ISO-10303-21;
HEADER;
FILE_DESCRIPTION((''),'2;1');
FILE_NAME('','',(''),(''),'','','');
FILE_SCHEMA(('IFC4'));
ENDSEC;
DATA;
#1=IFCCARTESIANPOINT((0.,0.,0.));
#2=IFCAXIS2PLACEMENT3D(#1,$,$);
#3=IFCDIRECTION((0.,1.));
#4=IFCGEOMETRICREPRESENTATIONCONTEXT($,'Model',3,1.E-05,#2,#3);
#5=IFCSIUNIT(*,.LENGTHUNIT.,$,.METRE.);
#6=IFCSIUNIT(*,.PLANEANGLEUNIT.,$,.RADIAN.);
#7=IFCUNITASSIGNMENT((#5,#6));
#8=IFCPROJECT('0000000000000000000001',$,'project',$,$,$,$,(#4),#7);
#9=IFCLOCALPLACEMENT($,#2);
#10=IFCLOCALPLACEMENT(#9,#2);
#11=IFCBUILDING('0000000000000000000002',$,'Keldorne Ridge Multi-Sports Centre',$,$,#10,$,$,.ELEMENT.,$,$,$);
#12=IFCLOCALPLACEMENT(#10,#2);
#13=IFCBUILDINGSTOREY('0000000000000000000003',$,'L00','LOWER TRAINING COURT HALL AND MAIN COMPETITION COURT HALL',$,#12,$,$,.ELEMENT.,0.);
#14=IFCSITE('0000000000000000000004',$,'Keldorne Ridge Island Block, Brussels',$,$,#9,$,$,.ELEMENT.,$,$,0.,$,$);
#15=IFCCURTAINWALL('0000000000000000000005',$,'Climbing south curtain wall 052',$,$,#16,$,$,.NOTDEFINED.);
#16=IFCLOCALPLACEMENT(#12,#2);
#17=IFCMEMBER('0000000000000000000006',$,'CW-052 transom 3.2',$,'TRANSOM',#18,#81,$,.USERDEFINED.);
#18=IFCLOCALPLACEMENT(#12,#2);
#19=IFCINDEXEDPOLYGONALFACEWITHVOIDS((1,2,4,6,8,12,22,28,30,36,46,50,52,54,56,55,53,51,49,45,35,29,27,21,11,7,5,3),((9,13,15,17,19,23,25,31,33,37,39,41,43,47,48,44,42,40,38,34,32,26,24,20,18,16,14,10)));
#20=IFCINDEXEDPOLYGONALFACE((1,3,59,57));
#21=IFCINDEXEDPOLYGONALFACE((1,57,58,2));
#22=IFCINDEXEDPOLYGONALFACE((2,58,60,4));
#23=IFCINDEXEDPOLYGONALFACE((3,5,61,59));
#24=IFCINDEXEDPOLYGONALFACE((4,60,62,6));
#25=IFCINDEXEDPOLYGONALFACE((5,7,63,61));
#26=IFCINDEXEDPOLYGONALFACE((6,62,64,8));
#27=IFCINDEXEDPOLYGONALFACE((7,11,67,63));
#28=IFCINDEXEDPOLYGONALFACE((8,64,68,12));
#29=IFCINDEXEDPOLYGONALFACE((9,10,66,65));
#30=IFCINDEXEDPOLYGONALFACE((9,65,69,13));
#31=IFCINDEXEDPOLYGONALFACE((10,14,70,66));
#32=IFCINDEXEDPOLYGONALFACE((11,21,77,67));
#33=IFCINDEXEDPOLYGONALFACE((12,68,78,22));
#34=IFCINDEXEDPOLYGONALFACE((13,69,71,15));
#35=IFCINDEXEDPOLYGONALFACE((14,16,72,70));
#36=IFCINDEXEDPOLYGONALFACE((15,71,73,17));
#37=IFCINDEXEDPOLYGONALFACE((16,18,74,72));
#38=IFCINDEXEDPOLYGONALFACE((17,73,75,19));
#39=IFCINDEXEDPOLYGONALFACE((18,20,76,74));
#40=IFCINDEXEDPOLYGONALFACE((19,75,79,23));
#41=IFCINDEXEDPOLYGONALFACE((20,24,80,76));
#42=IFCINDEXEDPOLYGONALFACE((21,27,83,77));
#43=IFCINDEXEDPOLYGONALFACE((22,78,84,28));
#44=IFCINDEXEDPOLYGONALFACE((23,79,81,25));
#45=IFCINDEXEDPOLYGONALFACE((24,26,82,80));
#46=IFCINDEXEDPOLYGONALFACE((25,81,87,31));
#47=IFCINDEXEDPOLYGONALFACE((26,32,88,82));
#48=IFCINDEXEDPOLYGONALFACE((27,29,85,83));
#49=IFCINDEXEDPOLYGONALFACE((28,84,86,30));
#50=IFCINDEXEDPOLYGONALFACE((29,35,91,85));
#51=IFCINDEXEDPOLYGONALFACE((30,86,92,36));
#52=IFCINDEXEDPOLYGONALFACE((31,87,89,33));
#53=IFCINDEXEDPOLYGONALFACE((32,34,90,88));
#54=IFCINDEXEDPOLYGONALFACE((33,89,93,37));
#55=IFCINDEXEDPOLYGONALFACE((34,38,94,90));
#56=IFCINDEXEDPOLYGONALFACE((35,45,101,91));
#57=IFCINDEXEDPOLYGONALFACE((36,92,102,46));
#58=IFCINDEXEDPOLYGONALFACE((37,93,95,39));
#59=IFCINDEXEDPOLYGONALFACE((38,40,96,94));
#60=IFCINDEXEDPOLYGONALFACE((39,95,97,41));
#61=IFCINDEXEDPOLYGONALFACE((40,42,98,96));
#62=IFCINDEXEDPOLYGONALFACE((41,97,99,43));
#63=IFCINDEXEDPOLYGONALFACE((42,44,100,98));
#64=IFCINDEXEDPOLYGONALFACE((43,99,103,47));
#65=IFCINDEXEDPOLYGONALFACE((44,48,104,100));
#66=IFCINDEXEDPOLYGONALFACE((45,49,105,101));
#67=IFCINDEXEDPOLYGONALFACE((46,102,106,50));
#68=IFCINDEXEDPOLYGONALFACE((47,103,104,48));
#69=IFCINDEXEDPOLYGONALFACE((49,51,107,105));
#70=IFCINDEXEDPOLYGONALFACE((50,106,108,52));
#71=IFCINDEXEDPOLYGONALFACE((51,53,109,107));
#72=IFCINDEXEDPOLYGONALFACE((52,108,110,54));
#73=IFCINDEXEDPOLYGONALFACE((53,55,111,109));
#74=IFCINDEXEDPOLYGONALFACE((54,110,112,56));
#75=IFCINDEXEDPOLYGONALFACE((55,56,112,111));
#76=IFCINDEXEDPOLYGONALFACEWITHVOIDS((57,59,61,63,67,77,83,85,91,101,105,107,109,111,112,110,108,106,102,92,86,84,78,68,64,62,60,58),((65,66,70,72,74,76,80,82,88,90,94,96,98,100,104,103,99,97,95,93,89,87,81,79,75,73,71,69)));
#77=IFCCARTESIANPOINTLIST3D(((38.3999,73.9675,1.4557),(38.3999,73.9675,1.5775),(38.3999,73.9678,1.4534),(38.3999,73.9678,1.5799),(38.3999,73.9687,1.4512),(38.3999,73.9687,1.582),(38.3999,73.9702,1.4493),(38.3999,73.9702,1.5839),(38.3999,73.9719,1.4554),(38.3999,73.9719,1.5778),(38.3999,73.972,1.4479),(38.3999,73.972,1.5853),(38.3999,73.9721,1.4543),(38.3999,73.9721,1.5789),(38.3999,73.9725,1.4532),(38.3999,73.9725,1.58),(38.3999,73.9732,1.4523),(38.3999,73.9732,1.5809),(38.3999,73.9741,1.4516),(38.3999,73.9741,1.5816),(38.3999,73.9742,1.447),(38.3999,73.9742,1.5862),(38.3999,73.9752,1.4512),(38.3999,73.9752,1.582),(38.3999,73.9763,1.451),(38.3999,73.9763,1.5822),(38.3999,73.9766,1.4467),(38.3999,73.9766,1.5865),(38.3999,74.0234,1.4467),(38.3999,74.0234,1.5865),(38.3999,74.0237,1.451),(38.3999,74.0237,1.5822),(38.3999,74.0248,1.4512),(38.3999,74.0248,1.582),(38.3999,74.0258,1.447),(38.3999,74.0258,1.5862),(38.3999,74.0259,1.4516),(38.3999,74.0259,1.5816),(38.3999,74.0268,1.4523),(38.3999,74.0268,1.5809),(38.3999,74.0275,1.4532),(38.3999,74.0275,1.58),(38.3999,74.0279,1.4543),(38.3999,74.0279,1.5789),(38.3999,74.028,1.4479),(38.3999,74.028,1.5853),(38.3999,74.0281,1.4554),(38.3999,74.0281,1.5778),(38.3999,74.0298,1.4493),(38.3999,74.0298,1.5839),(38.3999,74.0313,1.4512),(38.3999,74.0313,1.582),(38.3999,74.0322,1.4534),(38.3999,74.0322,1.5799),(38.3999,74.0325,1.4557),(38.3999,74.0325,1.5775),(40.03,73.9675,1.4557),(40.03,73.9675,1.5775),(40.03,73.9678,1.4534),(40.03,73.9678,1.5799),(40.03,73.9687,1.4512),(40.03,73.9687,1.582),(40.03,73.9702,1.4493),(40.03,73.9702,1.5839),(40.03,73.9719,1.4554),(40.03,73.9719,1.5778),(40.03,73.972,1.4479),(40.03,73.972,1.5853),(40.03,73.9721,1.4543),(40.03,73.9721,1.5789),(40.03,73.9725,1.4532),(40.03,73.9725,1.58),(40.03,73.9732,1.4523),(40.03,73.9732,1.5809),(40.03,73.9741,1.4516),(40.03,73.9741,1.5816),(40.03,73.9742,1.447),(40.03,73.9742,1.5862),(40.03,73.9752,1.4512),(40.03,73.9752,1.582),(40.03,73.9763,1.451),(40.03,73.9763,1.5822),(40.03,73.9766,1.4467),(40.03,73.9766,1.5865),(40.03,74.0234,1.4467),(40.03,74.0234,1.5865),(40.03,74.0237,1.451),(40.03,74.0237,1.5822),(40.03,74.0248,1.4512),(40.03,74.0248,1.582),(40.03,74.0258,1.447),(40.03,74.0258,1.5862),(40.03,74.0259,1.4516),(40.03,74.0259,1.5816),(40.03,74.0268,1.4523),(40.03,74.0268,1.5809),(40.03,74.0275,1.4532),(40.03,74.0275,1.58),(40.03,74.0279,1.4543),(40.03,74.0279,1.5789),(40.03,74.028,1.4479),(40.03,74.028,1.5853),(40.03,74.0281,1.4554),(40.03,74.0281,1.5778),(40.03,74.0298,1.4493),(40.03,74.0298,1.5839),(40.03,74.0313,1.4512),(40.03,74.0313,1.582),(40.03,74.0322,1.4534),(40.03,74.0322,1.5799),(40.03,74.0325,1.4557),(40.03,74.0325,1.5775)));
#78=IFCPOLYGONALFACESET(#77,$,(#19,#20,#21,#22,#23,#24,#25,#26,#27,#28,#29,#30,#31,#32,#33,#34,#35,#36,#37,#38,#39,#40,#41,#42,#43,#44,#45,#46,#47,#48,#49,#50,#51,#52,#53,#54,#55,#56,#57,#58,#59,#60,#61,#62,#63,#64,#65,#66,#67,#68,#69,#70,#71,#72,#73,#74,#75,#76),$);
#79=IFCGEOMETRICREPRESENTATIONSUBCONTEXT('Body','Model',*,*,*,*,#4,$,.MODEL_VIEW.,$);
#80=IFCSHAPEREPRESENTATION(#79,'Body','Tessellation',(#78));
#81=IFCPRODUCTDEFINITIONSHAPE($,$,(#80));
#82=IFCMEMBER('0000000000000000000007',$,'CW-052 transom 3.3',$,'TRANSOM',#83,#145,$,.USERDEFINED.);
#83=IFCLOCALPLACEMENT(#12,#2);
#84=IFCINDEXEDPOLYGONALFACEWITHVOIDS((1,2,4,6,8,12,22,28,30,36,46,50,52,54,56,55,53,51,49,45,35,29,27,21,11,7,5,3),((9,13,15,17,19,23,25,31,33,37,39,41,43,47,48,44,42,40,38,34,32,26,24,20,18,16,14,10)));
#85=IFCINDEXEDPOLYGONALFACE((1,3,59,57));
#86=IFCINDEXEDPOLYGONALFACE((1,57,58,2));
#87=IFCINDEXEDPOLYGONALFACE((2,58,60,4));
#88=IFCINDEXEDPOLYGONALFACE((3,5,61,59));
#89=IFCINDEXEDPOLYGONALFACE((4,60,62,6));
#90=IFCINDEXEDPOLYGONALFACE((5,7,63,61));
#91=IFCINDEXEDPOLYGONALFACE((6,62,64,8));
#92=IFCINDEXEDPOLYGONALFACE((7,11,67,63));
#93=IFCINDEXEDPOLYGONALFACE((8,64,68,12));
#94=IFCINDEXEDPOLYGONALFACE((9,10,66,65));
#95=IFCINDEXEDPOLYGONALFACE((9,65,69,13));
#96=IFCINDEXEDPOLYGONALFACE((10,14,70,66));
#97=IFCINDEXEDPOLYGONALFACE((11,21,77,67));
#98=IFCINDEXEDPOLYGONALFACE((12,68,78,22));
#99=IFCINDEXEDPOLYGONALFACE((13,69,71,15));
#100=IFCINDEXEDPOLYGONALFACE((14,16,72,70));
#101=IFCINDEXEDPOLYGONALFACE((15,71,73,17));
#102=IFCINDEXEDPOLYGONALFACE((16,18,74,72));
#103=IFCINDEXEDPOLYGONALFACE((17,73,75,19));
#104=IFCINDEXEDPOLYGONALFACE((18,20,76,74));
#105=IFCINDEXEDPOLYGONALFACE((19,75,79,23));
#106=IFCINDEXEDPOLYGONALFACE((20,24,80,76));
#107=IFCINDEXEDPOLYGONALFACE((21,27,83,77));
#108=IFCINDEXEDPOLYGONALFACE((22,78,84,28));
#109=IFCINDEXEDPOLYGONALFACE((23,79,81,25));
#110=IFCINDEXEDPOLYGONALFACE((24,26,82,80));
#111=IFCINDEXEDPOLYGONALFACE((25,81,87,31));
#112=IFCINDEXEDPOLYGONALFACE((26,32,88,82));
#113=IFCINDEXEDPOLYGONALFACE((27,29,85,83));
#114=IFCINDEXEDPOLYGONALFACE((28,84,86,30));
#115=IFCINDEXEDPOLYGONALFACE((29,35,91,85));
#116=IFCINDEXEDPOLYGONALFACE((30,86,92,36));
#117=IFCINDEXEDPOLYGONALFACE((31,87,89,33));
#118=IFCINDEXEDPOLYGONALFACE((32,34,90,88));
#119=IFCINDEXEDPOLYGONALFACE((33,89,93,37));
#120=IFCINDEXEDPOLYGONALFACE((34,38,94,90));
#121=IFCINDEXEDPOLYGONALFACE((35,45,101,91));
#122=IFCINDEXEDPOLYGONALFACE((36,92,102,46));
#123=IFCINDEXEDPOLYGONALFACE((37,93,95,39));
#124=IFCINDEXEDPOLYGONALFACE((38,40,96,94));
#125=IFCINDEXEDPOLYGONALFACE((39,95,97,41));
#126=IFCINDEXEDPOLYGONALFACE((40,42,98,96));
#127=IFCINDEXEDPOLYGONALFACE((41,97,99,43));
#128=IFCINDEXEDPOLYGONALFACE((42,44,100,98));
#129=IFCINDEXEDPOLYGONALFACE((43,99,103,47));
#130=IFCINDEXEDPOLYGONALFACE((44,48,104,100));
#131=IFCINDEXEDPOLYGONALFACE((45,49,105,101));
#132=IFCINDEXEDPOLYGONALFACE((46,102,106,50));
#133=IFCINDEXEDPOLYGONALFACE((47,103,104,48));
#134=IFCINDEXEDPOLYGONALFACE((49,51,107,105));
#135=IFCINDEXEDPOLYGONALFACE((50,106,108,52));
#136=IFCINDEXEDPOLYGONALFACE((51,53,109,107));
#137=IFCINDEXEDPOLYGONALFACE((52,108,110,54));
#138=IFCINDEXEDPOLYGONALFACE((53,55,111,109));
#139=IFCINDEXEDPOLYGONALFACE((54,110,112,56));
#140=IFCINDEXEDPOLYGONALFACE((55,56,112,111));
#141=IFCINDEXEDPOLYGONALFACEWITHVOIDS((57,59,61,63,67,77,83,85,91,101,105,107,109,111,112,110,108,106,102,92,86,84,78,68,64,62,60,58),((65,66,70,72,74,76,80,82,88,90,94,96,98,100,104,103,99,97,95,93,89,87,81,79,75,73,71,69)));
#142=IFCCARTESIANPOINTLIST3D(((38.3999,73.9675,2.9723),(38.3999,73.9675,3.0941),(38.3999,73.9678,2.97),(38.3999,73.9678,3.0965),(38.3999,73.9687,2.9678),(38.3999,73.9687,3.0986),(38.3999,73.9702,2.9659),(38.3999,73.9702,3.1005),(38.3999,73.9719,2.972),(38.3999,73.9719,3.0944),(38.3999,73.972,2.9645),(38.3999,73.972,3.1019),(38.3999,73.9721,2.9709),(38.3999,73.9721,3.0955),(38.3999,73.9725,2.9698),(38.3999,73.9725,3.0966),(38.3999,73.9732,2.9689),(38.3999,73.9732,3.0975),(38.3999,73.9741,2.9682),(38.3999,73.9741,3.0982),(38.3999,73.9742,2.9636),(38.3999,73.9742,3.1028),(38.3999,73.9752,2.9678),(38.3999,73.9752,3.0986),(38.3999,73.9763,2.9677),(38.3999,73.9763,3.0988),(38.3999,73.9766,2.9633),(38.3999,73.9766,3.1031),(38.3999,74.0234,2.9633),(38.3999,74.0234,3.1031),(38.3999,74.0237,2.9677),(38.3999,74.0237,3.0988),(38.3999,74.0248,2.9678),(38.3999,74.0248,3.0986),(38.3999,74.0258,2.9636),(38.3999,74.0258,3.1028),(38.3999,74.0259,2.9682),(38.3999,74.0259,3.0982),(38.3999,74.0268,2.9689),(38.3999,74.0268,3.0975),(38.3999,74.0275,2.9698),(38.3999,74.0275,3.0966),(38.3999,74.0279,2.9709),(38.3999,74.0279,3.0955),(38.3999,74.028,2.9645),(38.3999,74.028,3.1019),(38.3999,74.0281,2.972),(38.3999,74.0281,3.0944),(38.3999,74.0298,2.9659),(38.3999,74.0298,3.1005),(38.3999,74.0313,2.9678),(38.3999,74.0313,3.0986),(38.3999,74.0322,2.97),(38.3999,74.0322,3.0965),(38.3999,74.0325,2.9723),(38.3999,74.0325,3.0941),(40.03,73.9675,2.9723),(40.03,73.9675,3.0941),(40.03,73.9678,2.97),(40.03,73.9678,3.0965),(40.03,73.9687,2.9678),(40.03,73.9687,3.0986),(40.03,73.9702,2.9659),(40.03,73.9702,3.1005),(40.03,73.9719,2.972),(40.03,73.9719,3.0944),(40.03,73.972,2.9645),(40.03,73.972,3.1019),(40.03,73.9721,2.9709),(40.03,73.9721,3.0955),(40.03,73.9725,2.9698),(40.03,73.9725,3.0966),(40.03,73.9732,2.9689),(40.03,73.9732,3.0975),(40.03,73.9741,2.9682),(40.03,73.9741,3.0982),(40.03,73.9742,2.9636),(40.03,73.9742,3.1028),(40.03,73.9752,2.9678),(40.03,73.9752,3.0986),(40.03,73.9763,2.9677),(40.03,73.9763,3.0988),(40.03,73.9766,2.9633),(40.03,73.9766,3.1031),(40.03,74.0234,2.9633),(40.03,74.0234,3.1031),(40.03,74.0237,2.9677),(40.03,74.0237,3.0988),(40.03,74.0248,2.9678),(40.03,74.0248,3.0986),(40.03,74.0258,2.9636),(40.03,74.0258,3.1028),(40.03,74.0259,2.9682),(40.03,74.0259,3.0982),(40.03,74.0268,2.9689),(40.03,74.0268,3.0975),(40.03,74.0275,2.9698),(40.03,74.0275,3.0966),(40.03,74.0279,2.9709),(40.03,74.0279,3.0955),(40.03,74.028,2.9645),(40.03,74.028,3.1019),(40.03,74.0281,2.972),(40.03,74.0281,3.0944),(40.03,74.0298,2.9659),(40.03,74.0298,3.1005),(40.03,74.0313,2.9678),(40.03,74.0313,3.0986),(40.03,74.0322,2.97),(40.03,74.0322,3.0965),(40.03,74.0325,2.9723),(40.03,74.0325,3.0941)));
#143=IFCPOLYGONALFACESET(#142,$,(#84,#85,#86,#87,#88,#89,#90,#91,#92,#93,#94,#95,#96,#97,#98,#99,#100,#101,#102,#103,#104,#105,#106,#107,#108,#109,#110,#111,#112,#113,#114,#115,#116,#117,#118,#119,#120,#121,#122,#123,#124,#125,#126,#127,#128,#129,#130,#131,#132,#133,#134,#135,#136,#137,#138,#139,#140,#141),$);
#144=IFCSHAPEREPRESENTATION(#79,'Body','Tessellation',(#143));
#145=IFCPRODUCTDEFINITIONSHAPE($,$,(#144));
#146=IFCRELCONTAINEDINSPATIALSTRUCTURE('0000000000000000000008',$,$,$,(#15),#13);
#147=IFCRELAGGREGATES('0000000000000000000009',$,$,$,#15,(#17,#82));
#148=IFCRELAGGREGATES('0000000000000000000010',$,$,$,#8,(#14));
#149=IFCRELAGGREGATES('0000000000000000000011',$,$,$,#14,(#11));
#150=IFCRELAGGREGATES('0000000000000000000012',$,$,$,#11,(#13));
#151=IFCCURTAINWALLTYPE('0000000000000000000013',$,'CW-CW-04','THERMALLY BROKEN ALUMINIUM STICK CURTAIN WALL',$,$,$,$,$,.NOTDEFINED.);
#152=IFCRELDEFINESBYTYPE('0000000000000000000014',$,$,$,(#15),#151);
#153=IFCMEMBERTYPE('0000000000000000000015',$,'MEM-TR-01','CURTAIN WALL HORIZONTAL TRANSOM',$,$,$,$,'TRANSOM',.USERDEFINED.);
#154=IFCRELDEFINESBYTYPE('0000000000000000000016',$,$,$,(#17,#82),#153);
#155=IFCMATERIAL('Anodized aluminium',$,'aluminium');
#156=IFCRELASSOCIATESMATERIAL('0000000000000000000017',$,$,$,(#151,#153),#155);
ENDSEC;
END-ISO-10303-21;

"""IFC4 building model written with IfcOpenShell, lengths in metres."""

from ifc_helpers import new_model, si_unit, direction, frame, origin, origin_2d, place, context, subcontext, project, spatial, hollow_rectangle, extrude, material, material_profile, profile_set, type_object, element, aggregate, save


model = new_model("IFC4")

# Units and contexts
model_context = context("Model", 3, precision=1e-05, world=origin(), true_north=direction((0.0, 1.0)))
body_context = subcontext(model_context, "Body", "Model", "MODEL_VIEW")
ifc_project = project(units=[si_unit("LENGTHUNIT", "METRE"), si_unit("PLANEANGLEUNIT", "RADIAN")], contexts=[model_context])

# Site, building, storey
site_placement = place(None, origin())
site = spatial("IfcSite", under=ifc_project, at=site_placement, Name="Keldorne Ridge Island Block, Brussels", CompositionType="ELEMENT", RefElevation=0.0)
building_placement = place(site_placement, origin())
building = spatial("IfcBuilding", under=site, at=building_placement, Name="Keldorne Ridge Multi-Sports Centre", CompositionType="ELEMENT")
storey_placement = place(building_placement, origin())
storey = spatial("IfcBuildingStorey", under=building, at=storey_placement, Name="L00", Description="LOWER TRAINING COURT HALL AND MAIN COMPETITION COURT HALL", CompositionType="ELEMENT", Elevation=0.0)

# Curtain wall, members
ifc_material_1 = material(Name="Anodized aluminium", Category="aluminium")
curtain_wall_type_1 = type_object("IfcCurtainWallType", Name="CW-CW-04", Description="THERMALLY BROKEN ALUMINIUM STICK CURTAIN WALL", PredefinedType="NOTDEFINED", material=ifc_material_1)
curtain_wall_1_placement = place(storey_placement, origin())
curtain_wall_1 = element("IfcCurtainWall", 1, at=curtain_wall_1_placement, inside=storey, type_object=curtain_wall_type_1, Name="Climbing south curtain wall 052", PredefinedType="NOTDEFINED")
ifc_material_profile = material_profile(ifc_material_1, hollow_rectangle(XDim=0.0649, YDim=0.1399, WallThickness=0.0044, InnerFilletRadius=0.0044, OuterFilletRadius=0.009, at=origin_2d()), Name="ALU TRANSOM 140x65x4.5")
ifc_profile_set = profile_set([ifc_material_profile], Name="Anodized aluminium")
member_type = type_object("IfcMemberType", Name="MEM-TR-01", Description="CURTAIN WALL HORIZONTAL TRANSOM", ElementType="TRANSOM", PredefinedType="USERDEFINED", material=ifc_profile_set)
member_1_placement = place(storey_placement, frame((38.3999, 74.0, 1.5166), z_axis=(1.0, 0.0, 0.0), x_axis=(0.0, 1.0, 0.0)))
member_1 = element("IfcMember", 2, at=member_1_placement, type_object=member_type, Name="CW-052 transom 3.2", ObjectType="TRANSOM", PredefinedType="USERDEFINED", context=body_context, shape_type="SweptSolid", body=[
    extrude(hollow_rectangle(XDim=0.0649, YDim=0.1399, WallThickness=0.0044, InnerFilletRadius=0.0044, OuterFilletRadius=0.009, at=origin_2d()), origin(), (0.0, 0.0, 1.0), 1.6301),
])
member_2_placement = place(storey_placement, frame((38.3999, 74.0, 3.0332), z_axis=(1.0, 0.0, 0.0), x_axis=(0.0, 1.0, 0.0)))
member_2 = element("IfcMember", 3, at=member_2_placement, type_object=member_type, Name="CW-052 transom 3.3", ObjectType="TRANSOM", PredefinedType="USERDEFINED", context=body_context, shape_type="SweptSolid", body=[
    extrude(hollow_rectangle(XDim=0.0649, YDim=0.1399, WallThickness=0.0044, InnerFilletRadius=0.0044, OuterFilletRadius=0.009, at=origin_2d()), origin(), (0.0, 0.0, 1.0), 1.6301),
])

aggregate(curtain_wall_1, [member_1, member_2])

save(model, "model.ifc")
